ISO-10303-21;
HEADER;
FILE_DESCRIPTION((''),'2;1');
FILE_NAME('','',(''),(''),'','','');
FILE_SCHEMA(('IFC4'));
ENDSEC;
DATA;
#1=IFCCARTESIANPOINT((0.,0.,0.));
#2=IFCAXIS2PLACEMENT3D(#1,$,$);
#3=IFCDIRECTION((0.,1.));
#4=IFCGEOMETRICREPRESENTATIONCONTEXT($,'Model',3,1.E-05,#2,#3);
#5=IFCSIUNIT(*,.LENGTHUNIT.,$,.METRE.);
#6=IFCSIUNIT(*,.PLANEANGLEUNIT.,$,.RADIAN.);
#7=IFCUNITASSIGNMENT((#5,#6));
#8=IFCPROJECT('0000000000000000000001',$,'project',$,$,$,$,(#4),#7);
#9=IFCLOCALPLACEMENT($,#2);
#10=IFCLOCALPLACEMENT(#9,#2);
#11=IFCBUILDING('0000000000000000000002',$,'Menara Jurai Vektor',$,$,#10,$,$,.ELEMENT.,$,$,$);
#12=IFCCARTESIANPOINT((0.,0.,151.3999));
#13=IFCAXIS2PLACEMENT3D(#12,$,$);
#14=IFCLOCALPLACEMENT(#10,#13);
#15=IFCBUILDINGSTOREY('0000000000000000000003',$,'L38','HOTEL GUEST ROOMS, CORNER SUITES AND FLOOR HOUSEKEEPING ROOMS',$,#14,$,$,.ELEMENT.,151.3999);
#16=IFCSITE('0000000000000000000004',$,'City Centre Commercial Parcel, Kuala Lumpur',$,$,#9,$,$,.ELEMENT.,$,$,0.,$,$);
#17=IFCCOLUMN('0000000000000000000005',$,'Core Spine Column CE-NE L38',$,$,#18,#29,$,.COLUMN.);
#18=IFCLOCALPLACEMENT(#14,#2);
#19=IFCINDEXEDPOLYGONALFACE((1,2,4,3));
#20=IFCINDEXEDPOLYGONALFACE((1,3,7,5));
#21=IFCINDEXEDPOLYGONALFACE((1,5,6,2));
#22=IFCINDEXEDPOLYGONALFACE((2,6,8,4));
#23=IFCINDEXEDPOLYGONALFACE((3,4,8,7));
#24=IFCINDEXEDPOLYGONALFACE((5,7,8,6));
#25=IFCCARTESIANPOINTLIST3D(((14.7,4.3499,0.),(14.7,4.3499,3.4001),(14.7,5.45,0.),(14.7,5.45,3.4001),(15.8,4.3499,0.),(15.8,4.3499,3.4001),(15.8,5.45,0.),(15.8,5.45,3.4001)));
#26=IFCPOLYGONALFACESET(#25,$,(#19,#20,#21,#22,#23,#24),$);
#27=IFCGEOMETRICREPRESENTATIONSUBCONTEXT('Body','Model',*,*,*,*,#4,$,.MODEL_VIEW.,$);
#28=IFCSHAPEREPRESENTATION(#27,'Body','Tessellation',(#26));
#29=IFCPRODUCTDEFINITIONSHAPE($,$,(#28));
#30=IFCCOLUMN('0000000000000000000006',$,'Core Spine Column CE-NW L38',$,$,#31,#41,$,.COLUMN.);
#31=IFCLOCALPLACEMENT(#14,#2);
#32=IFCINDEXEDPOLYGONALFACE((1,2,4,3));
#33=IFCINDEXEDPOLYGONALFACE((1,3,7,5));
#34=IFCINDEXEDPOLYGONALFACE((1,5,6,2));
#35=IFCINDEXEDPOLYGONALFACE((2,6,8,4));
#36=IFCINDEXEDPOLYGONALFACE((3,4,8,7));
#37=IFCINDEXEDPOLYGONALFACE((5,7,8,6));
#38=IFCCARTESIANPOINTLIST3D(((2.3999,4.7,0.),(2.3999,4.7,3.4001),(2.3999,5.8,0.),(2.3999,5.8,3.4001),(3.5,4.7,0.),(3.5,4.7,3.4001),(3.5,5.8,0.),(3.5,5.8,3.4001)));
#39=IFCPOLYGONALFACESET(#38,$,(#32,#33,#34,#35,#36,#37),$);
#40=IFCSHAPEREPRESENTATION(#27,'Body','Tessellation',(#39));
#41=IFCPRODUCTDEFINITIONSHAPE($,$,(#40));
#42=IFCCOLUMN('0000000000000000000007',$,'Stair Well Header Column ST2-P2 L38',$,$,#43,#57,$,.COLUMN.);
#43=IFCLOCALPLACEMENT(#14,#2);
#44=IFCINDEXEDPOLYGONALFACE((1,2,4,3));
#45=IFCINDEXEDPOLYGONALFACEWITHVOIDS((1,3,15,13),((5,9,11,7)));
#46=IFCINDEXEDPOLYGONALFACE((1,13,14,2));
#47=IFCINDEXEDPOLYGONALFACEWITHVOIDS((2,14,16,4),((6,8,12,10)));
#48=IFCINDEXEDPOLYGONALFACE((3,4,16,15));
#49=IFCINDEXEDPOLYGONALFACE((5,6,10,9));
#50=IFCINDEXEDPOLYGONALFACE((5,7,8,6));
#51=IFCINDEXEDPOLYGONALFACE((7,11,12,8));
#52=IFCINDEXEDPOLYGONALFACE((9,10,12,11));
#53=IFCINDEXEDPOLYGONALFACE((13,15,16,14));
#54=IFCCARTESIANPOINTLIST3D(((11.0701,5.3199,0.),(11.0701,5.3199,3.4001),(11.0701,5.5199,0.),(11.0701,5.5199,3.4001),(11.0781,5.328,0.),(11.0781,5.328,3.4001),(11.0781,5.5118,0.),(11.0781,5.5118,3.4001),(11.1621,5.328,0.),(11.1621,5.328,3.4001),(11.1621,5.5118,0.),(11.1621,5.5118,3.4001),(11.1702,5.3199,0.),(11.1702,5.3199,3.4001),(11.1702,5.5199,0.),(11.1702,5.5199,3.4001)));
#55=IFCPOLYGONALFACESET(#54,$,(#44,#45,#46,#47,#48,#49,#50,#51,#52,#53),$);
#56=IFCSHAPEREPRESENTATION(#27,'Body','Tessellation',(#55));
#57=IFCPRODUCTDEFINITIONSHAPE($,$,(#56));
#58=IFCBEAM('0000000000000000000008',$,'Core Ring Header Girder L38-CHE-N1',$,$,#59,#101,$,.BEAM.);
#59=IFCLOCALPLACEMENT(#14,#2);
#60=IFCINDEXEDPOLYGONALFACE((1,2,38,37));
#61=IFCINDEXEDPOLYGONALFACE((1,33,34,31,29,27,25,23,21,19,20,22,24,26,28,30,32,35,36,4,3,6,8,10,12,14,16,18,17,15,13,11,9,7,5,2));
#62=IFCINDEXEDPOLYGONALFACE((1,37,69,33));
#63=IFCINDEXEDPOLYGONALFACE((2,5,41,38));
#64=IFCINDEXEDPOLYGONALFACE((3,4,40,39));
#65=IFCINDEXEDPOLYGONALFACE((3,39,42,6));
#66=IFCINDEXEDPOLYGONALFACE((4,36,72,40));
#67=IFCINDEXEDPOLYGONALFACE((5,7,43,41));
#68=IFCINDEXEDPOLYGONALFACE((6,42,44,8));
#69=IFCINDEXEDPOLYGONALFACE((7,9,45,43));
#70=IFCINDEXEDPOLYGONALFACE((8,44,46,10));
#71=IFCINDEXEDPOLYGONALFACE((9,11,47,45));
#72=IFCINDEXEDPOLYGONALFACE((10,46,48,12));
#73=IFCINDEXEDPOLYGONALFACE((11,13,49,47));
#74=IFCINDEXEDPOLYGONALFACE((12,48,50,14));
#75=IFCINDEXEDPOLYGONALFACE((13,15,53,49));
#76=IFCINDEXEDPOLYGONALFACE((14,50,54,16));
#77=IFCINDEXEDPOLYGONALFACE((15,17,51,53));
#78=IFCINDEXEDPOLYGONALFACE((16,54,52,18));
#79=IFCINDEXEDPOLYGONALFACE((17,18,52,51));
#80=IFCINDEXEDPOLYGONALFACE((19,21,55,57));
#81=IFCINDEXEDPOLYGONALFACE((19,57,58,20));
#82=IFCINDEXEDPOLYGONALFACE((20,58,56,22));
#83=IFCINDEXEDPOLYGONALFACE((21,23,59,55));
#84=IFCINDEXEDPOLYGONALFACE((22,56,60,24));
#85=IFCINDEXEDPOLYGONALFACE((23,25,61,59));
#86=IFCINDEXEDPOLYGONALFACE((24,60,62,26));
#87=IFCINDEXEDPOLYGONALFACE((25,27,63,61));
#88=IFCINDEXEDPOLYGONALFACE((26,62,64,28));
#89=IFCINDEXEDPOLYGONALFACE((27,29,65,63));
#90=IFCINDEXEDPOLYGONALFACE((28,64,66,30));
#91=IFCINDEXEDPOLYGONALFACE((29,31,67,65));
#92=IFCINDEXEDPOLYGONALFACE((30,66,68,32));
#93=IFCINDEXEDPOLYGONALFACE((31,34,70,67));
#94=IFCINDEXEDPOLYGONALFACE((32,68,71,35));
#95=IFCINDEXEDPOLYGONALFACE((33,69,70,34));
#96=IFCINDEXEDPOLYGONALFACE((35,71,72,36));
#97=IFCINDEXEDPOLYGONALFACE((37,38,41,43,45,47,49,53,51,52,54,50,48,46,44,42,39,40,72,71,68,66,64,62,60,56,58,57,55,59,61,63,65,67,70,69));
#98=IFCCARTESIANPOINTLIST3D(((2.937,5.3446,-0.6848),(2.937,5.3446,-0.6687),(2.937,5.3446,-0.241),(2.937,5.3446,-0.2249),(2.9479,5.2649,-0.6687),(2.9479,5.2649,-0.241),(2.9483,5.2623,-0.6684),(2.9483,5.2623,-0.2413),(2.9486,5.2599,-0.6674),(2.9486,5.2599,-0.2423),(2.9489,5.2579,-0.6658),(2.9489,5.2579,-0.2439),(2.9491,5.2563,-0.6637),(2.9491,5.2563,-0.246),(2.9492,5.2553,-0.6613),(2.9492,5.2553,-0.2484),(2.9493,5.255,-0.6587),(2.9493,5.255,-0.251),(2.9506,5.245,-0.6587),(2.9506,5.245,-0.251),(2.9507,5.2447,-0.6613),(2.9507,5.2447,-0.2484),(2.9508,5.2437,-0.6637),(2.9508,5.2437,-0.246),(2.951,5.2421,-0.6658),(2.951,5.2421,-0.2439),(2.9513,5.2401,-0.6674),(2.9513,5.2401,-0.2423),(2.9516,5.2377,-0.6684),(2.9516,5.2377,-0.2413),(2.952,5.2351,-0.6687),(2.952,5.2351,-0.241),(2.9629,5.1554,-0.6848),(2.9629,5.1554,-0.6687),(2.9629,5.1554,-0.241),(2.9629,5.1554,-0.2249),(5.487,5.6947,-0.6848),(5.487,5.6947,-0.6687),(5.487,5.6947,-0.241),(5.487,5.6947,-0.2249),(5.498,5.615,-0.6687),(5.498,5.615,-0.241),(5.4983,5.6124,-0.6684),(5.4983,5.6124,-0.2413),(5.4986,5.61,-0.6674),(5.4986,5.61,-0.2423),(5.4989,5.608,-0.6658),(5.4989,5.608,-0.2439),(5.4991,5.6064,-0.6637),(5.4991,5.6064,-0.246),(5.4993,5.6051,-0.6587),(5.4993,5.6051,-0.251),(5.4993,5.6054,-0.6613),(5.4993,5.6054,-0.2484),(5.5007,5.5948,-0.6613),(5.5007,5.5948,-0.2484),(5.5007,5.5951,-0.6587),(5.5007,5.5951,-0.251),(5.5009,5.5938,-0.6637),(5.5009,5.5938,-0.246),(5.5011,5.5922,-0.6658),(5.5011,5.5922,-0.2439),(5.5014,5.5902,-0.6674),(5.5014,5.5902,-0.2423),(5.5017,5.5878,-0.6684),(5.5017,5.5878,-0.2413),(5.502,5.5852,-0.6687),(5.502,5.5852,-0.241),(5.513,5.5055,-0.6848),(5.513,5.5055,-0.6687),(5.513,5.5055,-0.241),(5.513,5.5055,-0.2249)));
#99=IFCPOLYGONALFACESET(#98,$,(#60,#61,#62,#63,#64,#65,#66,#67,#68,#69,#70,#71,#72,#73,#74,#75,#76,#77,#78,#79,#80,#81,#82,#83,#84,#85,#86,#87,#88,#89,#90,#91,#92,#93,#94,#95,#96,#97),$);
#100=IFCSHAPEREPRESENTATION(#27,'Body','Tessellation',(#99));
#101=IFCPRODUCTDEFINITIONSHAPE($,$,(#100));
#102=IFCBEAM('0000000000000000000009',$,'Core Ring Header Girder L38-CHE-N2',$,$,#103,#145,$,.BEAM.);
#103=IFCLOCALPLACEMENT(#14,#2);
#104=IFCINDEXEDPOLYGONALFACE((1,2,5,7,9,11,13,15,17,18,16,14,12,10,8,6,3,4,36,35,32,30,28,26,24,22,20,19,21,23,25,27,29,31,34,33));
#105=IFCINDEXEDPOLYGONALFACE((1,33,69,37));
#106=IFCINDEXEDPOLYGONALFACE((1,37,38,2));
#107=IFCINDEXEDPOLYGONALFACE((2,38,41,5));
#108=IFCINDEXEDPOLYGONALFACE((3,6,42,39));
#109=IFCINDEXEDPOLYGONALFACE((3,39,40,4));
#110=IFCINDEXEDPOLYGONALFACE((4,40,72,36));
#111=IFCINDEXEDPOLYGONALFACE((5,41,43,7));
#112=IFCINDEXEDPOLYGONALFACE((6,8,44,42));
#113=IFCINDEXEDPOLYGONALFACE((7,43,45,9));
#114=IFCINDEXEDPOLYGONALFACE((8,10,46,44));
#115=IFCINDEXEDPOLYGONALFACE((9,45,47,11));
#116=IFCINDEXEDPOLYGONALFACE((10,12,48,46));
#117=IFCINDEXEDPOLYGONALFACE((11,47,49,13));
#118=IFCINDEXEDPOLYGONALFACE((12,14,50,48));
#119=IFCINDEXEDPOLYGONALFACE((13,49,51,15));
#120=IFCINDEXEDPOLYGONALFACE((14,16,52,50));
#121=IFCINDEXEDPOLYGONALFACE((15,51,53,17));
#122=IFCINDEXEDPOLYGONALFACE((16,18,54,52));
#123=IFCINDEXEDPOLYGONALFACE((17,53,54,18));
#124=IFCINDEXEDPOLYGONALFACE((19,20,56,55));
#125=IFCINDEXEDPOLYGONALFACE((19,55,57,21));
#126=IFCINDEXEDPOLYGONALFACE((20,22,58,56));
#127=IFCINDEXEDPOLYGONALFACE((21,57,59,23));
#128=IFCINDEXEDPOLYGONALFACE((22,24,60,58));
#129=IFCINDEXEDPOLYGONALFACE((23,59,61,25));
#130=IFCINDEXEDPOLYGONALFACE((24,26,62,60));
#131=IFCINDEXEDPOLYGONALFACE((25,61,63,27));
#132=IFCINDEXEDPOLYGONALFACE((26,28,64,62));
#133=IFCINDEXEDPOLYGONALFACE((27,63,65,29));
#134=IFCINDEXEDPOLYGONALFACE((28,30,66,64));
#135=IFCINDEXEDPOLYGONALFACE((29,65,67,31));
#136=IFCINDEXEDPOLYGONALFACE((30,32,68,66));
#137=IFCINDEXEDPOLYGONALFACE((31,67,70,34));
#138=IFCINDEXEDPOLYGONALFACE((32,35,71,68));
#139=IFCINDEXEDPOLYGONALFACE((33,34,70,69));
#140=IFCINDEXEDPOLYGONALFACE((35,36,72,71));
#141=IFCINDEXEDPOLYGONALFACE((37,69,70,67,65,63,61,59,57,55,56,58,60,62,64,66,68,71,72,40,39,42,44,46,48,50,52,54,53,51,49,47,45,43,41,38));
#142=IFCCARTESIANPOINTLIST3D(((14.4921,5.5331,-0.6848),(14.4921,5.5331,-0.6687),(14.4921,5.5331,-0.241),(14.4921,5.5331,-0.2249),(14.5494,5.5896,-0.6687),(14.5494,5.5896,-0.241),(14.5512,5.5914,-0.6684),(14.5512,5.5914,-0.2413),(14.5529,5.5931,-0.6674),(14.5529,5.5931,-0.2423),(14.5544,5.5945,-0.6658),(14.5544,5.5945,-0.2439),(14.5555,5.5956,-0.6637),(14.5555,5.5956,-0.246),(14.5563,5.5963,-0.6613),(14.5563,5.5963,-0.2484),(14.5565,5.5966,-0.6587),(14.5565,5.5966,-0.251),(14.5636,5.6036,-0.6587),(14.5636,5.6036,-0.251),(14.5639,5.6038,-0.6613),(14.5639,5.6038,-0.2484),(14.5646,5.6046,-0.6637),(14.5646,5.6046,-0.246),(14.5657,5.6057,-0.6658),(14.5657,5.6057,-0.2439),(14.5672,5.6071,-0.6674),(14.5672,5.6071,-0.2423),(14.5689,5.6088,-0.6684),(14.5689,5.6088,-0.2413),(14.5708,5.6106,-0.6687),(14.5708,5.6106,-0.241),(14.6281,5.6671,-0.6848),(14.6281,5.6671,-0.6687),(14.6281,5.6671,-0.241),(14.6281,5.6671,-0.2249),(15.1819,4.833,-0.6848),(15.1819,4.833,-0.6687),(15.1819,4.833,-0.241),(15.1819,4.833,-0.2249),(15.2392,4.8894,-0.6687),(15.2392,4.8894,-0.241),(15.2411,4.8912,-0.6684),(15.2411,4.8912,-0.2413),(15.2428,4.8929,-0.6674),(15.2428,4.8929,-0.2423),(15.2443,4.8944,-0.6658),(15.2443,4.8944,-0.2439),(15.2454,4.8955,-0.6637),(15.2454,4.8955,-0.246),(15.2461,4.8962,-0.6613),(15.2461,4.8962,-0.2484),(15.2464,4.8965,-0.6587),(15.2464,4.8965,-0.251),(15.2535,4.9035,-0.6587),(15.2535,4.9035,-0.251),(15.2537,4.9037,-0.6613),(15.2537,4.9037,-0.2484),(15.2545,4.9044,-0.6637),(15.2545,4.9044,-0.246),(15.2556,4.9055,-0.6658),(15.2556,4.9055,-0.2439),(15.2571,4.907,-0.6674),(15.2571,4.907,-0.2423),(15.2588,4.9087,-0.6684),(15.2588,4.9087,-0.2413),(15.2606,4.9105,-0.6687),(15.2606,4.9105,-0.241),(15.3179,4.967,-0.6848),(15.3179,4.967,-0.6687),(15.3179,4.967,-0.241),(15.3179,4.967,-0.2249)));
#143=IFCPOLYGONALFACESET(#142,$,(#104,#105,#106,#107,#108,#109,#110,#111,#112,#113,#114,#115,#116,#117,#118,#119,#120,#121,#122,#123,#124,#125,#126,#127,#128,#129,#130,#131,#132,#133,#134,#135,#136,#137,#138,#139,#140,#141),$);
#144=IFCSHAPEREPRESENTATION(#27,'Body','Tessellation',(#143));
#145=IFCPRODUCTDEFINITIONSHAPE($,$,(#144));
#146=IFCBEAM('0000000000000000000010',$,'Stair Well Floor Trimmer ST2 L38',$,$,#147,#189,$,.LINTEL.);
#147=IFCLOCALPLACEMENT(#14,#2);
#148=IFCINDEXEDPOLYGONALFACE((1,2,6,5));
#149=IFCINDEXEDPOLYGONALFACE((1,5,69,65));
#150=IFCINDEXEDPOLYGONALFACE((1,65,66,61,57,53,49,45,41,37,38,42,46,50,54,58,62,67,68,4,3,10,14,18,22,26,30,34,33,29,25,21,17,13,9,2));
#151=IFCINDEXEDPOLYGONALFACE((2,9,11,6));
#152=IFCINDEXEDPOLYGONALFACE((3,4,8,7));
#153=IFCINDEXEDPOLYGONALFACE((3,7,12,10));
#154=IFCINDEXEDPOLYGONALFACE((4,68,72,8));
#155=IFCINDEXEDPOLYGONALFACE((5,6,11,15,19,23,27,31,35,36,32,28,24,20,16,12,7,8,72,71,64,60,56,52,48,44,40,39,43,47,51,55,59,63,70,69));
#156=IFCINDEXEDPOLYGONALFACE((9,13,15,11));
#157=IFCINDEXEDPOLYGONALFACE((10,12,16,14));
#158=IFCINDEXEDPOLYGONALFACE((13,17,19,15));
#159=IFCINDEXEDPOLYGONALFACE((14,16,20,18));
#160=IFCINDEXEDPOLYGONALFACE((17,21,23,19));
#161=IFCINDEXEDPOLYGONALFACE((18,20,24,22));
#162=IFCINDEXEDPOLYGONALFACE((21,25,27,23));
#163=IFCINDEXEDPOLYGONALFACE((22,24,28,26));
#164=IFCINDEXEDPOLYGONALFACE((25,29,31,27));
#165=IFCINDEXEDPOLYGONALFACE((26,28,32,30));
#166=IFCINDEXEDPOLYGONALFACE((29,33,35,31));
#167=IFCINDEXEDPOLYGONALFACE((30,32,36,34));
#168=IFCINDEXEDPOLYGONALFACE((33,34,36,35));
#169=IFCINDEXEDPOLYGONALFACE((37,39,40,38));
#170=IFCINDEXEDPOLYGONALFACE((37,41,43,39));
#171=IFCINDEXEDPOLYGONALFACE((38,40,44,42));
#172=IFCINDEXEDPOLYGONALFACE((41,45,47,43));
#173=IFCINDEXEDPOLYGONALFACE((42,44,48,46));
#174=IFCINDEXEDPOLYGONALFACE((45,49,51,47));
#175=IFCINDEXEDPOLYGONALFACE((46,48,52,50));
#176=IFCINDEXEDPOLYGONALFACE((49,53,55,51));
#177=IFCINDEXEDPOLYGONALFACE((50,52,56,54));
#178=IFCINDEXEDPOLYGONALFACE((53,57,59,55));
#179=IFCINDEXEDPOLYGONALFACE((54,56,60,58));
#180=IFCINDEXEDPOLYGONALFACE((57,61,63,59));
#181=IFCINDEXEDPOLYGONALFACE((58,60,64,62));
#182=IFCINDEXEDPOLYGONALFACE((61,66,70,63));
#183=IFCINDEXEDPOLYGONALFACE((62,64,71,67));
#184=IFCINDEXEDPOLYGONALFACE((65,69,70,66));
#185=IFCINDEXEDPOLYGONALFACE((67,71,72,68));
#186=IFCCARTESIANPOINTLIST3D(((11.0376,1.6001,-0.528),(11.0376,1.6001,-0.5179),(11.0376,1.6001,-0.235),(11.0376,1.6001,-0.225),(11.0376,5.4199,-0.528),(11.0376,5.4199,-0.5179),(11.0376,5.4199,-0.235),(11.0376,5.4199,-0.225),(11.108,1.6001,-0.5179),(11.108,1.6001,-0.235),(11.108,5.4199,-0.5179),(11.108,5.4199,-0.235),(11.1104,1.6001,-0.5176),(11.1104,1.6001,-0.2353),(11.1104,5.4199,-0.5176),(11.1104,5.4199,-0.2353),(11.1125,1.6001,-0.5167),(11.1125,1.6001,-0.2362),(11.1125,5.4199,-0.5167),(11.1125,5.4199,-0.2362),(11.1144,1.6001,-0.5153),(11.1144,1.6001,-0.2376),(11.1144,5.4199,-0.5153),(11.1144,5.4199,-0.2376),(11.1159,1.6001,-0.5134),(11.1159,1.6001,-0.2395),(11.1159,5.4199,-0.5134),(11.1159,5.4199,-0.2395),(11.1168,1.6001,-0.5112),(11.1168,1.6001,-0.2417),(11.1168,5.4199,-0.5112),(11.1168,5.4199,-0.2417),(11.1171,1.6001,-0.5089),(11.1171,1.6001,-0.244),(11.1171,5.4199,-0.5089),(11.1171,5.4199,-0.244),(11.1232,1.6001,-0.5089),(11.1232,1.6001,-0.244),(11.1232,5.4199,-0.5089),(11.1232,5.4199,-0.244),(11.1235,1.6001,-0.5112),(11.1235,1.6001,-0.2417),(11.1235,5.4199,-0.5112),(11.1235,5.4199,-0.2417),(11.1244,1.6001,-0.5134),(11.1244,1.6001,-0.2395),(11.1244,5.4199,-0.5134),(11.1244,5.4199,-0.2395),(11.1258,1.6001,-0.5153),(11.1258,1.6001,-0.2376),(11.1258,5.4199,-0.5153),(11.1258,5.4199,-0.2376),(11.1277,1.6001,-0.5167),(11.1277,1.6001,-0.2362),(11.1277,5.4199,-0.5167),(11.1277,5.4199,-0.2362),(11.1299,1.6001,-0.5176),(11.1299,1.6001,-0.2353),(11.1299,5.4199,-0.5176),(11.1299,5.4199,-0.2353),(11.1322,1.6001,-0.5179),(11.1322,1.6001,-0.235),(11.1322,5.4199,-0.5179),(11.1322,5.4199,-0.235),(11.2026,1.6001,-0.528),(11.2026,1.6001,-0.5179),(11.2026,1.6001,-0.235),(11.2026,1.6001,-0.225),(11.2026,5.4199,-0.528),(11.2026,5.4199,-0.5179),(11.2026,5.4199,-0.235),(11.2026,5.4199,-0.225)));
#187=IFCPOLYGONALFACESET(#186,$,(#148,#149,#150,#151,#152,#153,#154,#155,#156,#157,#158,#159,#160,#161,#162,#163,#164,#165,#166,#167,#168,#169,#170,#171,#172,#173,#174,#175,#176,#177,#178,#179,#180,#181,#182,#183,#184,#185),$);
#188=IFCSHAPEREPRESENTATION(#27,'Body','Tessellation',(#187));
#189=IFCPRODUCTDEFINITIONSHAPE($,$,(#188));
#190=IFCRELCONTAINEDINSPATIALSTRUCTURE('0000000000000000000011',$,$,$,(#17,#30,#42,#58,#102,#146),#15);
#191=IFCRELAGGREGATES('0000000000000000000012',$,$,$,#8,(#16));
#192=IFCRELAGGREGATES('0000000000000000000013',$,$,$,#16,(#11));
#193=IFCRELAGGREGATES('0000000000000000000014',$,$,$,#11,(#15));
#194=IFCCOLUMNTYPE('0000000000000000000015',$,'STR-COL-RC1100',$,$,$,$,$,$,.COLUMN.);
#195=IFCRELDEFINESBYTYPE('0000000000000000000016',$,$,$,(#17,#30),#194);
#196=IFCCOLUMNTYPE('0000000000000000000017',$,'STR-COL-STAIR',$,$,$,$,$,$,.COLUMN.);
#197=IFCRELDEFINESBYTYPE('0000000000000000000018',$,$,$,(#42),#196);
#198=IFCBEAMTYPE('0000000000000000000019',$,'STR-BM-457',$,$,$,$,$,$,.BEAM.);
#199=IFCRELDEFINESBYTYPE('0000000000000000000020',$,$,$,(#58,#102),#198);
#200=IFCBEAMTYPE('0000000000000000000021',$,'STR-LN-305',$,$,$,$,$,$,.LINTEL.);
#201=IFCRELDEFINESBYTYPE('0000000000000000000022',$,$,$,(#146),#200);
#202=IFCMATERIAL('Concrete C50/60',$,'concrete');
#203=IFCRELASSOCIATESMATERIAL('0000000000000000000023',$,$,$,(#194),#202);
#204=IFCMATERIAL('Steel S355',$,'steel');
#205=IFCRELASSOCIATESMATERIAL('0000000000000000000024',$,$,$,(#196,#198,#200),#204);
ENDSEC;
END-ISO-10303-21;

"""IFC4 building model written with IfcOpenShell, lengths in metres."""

from ifc_helpers import new_model, si_unit, direction, frame, origin, origin_2d, place, context, subcontext, project, spatial, rectangle, hollow_rectangle, i_section, extrude, material, material_profile, profile_set, type_object, element, save


model = new_model("IFC4")

# Units and contexts
model_context = context("Model", 3, precision=1e-05, world=origin(), true_north=direction((0.0, 1.0)))
body_context = subcontext(model_context, "Body", "Model", "MODEL_VIEW")
ifc_project = project(units=[si_unit("LENGTHUNIT", "METRE"), si_unit("PLANEANGLEUNIT", "RADIAN")], contexts=[model_context])

# Site, building, storey
site_placement = place(None, origin())
site = spatial("IfcSite", under=ifc_project, at=site_placement, Name="City Centre Commercial Parcel, Kuala Lumpur", CompositionType="ELEMENT", RefElevation=0.0)
building_placement = place(site_placement, origin())
building = spatial("IfcBuilding", under=site, at=building_placement, Name="Menara Jurai Vektor", CompositionType="ELEMENT")
storey_placement = place(building_placement, frame((0.0, 0.0, 151.3999)))
storey = spatial("IfcBuildingStorey", under=building, at=storey_placement, Name="L38", Description="HOTEL GUEST ROOMS, CORNER SUITES AND FLOOR HOUSEKEEPING ROOMS", CompositionType="ELEMENT", Elevation=151.3999)

# Columns
ifc_material_1 = material(Name="Concrete C50/60", Category="concrete")
ifc_material_profile_1 = material_profile(ifc_material_1, rectangle(XDim=1.1001, YDim=1.1001, at=origin_2d()), Name="RC 1100x1100")
ifc_profile_set_1 = profile_set([ifc_material_profile_1], Name="Concrete C50/60")
column_type_1 = type_object("IfcColumnType", Name="STR-COL-RC1100", PredefinedType="COLUMN", material=ifc_profile_set_1)
for number, where, z_axis, x_axis, name in (
    (1, (15.25, 4.8999, 0.0), (0.0, 0.0, 1.0), (1.0, 0.0, 0.0), "Core Spine Column CE-NE L38"),
    (2, (2.95, 5.25, 0.0), (0.0, 0.0, 1.0), (1.0, 0.0, 0.0), "Core Spine Column CE-NW L38"),
):
    element("IfcColumn", number, at=place(storey_placement, frame(where, z_axis=z_axis, x_axis=x_axis)), inside=storey, type_object=column_type_1, Name=name, PredefinedType="COLUMN", context=body_context, shape_type="SweptSolid", body=[
        extrude(rectangle(XDim=1.1001, YDim=1.1001, at=origin_2d()), origin(), (0.0, 0.0, 1.0), 3.4001),
    ])
ifc_material_2 = material(Name="Steel S355", Category="steel")
ifc_material_profile_2 = material_profile(ifc_material_2, hollow_rectangle(XDim=0.1001, YDim=0.2, WallThickness=0.0081, at=origin_2d()), Name="RHS 200x100x8")
ifc_profile_set_2 = profile_set([ifc_material_profile_2], Name="Steel S355")
column_type_2 = type_object("IfcColumnType", Name="STR-COL-STAIR", PredefinedType="COLUMN", material=ifc_profile_set_2)
column_placement = place(storey_placement, frame((11.1201, 5.4199, 0.0), z_axis=(0.0, 0.0, 1.0), x_axis=(1.0, 0.0, 0.0)))
element("IfcColumn", 3, at=column_placement, inside=storey, type_object=column_type_2, Name="Stair Well Header Column ST2-P2 L38", PredefinedType="COLUMN", context=body_context, shape_type="SweptSolid", body=[
    extrude(hollow_rectangle(XDim=0.1001, YDim=0.2, WallThickness=0.0081, at=origin_2d()), origin(), (0.0, 0.0, 1.0), 3.4001),
])

# Beams
ifc_material_profile_3 = material_profile(ifc_material_2, i_section(OverallWidth=0.1909, OverallDepth=0.46, WebThickness=0.01, FlangeThickness=0.0161, FilletRadius=0.01, at=origin_2d()), Name="UKB 457x191x82")
ifc_profile_set_3 = profile_set([ifc_material_profile_3], Name="Steel S355")
beam_type_1 = type_object("IfcBeamType", Name="STR-BM-457", PredefinedType="BEAM", material=ifc_profile_set_3)
beam_1_placement = place(storey_placement, frame((2.95, 5.25, -0.4548), z_axis=(0.990707, 0.136015, 0.0), x_axis=(-0.136015, 0.990707, 0.0)))
element("IfcBeam", 4, at=beam_1_placement, inside=storey, type_object=beam_type_1, Name="Core Ring Header Girder L38-CHE-N1", PredefinedType="BEAM", context=body_context, shape_type="SweptSolid", body=[
    extrude(i_section(OverallWidth=0.1909, OverallDepth=0.46, WebThickness=0.01, FlangeThickness=0.0161, FilletRadius=0.01, at=origin_2d()), origin(), (0.0, 0.0, 1.0), 2.574),
])
beam_2_placement = place(storey_placement, frame((14.5601, 5.6001, -0.4548), z_axis=(0.701872, -0.712303, 0.0), x_axis=(0.712303, 0.701872, 0.0)))
element("IfcBeam", 5, at=beam_2_placement, inside=storey, type_object=beam_type_1, Name="Core Ring Header Girder L38-CHE-N2", PredefinedType="BEAM", context=body_context, shape_type="SweptSolid", body=[
    extrude(i_section(OverallWidth=0.1909, OverallDepth=0.46, WebThickness=0.01, FlangeThickness=0.0161, FilletRadius=0.01, at=origin_2d()), origin(), (0.0, 0.0, 1.0), 0.9829),
])
ifc_material_profile_4 = material_profile(ifc_material_2, i_section(OverallWidth=0.165, OverallDepth=0.303, WebThickness=0.0061, FlangeThickness=0.01, FilletRadius=0.009, at=origin_2d()), Name="UKB 305x165x40")
ifc_profile_set_4 = profile_set([ifc_material_profile_4], Name="Steel S355")
beam_type_2 = type_object("IfcBeamType", Name="STR-LN-305", PredefinedType="LINTEL", material=ifc_profile_set_4)
beam_3_placement = place(storey_placement, frame((11.1201, 1.6001, -0.3765), z_axis=(0.0, 1.0, 0.0), x_axis=(-1.0, 0.0, 0.0)))
element("IfcBeam", 6, at=beam_3_placement, inside=storey, type_object=beam_type_2, Name="Stair Well Floor Trimmer ST2 L38", PredefinedType="LINTEL", context=body_context, shape_type="SweptSolid", body=[
    extrude(i_section(OverallWidth=0.165, OverallDepth=0.303, WebThickness=0.0061, FlangeThickness=0.01, FilletRadius=0.009, at=origin_2d()), origin(), (0.0, 0.0, 1.0), 3.8198),
])

save(model, "model.ifc")
